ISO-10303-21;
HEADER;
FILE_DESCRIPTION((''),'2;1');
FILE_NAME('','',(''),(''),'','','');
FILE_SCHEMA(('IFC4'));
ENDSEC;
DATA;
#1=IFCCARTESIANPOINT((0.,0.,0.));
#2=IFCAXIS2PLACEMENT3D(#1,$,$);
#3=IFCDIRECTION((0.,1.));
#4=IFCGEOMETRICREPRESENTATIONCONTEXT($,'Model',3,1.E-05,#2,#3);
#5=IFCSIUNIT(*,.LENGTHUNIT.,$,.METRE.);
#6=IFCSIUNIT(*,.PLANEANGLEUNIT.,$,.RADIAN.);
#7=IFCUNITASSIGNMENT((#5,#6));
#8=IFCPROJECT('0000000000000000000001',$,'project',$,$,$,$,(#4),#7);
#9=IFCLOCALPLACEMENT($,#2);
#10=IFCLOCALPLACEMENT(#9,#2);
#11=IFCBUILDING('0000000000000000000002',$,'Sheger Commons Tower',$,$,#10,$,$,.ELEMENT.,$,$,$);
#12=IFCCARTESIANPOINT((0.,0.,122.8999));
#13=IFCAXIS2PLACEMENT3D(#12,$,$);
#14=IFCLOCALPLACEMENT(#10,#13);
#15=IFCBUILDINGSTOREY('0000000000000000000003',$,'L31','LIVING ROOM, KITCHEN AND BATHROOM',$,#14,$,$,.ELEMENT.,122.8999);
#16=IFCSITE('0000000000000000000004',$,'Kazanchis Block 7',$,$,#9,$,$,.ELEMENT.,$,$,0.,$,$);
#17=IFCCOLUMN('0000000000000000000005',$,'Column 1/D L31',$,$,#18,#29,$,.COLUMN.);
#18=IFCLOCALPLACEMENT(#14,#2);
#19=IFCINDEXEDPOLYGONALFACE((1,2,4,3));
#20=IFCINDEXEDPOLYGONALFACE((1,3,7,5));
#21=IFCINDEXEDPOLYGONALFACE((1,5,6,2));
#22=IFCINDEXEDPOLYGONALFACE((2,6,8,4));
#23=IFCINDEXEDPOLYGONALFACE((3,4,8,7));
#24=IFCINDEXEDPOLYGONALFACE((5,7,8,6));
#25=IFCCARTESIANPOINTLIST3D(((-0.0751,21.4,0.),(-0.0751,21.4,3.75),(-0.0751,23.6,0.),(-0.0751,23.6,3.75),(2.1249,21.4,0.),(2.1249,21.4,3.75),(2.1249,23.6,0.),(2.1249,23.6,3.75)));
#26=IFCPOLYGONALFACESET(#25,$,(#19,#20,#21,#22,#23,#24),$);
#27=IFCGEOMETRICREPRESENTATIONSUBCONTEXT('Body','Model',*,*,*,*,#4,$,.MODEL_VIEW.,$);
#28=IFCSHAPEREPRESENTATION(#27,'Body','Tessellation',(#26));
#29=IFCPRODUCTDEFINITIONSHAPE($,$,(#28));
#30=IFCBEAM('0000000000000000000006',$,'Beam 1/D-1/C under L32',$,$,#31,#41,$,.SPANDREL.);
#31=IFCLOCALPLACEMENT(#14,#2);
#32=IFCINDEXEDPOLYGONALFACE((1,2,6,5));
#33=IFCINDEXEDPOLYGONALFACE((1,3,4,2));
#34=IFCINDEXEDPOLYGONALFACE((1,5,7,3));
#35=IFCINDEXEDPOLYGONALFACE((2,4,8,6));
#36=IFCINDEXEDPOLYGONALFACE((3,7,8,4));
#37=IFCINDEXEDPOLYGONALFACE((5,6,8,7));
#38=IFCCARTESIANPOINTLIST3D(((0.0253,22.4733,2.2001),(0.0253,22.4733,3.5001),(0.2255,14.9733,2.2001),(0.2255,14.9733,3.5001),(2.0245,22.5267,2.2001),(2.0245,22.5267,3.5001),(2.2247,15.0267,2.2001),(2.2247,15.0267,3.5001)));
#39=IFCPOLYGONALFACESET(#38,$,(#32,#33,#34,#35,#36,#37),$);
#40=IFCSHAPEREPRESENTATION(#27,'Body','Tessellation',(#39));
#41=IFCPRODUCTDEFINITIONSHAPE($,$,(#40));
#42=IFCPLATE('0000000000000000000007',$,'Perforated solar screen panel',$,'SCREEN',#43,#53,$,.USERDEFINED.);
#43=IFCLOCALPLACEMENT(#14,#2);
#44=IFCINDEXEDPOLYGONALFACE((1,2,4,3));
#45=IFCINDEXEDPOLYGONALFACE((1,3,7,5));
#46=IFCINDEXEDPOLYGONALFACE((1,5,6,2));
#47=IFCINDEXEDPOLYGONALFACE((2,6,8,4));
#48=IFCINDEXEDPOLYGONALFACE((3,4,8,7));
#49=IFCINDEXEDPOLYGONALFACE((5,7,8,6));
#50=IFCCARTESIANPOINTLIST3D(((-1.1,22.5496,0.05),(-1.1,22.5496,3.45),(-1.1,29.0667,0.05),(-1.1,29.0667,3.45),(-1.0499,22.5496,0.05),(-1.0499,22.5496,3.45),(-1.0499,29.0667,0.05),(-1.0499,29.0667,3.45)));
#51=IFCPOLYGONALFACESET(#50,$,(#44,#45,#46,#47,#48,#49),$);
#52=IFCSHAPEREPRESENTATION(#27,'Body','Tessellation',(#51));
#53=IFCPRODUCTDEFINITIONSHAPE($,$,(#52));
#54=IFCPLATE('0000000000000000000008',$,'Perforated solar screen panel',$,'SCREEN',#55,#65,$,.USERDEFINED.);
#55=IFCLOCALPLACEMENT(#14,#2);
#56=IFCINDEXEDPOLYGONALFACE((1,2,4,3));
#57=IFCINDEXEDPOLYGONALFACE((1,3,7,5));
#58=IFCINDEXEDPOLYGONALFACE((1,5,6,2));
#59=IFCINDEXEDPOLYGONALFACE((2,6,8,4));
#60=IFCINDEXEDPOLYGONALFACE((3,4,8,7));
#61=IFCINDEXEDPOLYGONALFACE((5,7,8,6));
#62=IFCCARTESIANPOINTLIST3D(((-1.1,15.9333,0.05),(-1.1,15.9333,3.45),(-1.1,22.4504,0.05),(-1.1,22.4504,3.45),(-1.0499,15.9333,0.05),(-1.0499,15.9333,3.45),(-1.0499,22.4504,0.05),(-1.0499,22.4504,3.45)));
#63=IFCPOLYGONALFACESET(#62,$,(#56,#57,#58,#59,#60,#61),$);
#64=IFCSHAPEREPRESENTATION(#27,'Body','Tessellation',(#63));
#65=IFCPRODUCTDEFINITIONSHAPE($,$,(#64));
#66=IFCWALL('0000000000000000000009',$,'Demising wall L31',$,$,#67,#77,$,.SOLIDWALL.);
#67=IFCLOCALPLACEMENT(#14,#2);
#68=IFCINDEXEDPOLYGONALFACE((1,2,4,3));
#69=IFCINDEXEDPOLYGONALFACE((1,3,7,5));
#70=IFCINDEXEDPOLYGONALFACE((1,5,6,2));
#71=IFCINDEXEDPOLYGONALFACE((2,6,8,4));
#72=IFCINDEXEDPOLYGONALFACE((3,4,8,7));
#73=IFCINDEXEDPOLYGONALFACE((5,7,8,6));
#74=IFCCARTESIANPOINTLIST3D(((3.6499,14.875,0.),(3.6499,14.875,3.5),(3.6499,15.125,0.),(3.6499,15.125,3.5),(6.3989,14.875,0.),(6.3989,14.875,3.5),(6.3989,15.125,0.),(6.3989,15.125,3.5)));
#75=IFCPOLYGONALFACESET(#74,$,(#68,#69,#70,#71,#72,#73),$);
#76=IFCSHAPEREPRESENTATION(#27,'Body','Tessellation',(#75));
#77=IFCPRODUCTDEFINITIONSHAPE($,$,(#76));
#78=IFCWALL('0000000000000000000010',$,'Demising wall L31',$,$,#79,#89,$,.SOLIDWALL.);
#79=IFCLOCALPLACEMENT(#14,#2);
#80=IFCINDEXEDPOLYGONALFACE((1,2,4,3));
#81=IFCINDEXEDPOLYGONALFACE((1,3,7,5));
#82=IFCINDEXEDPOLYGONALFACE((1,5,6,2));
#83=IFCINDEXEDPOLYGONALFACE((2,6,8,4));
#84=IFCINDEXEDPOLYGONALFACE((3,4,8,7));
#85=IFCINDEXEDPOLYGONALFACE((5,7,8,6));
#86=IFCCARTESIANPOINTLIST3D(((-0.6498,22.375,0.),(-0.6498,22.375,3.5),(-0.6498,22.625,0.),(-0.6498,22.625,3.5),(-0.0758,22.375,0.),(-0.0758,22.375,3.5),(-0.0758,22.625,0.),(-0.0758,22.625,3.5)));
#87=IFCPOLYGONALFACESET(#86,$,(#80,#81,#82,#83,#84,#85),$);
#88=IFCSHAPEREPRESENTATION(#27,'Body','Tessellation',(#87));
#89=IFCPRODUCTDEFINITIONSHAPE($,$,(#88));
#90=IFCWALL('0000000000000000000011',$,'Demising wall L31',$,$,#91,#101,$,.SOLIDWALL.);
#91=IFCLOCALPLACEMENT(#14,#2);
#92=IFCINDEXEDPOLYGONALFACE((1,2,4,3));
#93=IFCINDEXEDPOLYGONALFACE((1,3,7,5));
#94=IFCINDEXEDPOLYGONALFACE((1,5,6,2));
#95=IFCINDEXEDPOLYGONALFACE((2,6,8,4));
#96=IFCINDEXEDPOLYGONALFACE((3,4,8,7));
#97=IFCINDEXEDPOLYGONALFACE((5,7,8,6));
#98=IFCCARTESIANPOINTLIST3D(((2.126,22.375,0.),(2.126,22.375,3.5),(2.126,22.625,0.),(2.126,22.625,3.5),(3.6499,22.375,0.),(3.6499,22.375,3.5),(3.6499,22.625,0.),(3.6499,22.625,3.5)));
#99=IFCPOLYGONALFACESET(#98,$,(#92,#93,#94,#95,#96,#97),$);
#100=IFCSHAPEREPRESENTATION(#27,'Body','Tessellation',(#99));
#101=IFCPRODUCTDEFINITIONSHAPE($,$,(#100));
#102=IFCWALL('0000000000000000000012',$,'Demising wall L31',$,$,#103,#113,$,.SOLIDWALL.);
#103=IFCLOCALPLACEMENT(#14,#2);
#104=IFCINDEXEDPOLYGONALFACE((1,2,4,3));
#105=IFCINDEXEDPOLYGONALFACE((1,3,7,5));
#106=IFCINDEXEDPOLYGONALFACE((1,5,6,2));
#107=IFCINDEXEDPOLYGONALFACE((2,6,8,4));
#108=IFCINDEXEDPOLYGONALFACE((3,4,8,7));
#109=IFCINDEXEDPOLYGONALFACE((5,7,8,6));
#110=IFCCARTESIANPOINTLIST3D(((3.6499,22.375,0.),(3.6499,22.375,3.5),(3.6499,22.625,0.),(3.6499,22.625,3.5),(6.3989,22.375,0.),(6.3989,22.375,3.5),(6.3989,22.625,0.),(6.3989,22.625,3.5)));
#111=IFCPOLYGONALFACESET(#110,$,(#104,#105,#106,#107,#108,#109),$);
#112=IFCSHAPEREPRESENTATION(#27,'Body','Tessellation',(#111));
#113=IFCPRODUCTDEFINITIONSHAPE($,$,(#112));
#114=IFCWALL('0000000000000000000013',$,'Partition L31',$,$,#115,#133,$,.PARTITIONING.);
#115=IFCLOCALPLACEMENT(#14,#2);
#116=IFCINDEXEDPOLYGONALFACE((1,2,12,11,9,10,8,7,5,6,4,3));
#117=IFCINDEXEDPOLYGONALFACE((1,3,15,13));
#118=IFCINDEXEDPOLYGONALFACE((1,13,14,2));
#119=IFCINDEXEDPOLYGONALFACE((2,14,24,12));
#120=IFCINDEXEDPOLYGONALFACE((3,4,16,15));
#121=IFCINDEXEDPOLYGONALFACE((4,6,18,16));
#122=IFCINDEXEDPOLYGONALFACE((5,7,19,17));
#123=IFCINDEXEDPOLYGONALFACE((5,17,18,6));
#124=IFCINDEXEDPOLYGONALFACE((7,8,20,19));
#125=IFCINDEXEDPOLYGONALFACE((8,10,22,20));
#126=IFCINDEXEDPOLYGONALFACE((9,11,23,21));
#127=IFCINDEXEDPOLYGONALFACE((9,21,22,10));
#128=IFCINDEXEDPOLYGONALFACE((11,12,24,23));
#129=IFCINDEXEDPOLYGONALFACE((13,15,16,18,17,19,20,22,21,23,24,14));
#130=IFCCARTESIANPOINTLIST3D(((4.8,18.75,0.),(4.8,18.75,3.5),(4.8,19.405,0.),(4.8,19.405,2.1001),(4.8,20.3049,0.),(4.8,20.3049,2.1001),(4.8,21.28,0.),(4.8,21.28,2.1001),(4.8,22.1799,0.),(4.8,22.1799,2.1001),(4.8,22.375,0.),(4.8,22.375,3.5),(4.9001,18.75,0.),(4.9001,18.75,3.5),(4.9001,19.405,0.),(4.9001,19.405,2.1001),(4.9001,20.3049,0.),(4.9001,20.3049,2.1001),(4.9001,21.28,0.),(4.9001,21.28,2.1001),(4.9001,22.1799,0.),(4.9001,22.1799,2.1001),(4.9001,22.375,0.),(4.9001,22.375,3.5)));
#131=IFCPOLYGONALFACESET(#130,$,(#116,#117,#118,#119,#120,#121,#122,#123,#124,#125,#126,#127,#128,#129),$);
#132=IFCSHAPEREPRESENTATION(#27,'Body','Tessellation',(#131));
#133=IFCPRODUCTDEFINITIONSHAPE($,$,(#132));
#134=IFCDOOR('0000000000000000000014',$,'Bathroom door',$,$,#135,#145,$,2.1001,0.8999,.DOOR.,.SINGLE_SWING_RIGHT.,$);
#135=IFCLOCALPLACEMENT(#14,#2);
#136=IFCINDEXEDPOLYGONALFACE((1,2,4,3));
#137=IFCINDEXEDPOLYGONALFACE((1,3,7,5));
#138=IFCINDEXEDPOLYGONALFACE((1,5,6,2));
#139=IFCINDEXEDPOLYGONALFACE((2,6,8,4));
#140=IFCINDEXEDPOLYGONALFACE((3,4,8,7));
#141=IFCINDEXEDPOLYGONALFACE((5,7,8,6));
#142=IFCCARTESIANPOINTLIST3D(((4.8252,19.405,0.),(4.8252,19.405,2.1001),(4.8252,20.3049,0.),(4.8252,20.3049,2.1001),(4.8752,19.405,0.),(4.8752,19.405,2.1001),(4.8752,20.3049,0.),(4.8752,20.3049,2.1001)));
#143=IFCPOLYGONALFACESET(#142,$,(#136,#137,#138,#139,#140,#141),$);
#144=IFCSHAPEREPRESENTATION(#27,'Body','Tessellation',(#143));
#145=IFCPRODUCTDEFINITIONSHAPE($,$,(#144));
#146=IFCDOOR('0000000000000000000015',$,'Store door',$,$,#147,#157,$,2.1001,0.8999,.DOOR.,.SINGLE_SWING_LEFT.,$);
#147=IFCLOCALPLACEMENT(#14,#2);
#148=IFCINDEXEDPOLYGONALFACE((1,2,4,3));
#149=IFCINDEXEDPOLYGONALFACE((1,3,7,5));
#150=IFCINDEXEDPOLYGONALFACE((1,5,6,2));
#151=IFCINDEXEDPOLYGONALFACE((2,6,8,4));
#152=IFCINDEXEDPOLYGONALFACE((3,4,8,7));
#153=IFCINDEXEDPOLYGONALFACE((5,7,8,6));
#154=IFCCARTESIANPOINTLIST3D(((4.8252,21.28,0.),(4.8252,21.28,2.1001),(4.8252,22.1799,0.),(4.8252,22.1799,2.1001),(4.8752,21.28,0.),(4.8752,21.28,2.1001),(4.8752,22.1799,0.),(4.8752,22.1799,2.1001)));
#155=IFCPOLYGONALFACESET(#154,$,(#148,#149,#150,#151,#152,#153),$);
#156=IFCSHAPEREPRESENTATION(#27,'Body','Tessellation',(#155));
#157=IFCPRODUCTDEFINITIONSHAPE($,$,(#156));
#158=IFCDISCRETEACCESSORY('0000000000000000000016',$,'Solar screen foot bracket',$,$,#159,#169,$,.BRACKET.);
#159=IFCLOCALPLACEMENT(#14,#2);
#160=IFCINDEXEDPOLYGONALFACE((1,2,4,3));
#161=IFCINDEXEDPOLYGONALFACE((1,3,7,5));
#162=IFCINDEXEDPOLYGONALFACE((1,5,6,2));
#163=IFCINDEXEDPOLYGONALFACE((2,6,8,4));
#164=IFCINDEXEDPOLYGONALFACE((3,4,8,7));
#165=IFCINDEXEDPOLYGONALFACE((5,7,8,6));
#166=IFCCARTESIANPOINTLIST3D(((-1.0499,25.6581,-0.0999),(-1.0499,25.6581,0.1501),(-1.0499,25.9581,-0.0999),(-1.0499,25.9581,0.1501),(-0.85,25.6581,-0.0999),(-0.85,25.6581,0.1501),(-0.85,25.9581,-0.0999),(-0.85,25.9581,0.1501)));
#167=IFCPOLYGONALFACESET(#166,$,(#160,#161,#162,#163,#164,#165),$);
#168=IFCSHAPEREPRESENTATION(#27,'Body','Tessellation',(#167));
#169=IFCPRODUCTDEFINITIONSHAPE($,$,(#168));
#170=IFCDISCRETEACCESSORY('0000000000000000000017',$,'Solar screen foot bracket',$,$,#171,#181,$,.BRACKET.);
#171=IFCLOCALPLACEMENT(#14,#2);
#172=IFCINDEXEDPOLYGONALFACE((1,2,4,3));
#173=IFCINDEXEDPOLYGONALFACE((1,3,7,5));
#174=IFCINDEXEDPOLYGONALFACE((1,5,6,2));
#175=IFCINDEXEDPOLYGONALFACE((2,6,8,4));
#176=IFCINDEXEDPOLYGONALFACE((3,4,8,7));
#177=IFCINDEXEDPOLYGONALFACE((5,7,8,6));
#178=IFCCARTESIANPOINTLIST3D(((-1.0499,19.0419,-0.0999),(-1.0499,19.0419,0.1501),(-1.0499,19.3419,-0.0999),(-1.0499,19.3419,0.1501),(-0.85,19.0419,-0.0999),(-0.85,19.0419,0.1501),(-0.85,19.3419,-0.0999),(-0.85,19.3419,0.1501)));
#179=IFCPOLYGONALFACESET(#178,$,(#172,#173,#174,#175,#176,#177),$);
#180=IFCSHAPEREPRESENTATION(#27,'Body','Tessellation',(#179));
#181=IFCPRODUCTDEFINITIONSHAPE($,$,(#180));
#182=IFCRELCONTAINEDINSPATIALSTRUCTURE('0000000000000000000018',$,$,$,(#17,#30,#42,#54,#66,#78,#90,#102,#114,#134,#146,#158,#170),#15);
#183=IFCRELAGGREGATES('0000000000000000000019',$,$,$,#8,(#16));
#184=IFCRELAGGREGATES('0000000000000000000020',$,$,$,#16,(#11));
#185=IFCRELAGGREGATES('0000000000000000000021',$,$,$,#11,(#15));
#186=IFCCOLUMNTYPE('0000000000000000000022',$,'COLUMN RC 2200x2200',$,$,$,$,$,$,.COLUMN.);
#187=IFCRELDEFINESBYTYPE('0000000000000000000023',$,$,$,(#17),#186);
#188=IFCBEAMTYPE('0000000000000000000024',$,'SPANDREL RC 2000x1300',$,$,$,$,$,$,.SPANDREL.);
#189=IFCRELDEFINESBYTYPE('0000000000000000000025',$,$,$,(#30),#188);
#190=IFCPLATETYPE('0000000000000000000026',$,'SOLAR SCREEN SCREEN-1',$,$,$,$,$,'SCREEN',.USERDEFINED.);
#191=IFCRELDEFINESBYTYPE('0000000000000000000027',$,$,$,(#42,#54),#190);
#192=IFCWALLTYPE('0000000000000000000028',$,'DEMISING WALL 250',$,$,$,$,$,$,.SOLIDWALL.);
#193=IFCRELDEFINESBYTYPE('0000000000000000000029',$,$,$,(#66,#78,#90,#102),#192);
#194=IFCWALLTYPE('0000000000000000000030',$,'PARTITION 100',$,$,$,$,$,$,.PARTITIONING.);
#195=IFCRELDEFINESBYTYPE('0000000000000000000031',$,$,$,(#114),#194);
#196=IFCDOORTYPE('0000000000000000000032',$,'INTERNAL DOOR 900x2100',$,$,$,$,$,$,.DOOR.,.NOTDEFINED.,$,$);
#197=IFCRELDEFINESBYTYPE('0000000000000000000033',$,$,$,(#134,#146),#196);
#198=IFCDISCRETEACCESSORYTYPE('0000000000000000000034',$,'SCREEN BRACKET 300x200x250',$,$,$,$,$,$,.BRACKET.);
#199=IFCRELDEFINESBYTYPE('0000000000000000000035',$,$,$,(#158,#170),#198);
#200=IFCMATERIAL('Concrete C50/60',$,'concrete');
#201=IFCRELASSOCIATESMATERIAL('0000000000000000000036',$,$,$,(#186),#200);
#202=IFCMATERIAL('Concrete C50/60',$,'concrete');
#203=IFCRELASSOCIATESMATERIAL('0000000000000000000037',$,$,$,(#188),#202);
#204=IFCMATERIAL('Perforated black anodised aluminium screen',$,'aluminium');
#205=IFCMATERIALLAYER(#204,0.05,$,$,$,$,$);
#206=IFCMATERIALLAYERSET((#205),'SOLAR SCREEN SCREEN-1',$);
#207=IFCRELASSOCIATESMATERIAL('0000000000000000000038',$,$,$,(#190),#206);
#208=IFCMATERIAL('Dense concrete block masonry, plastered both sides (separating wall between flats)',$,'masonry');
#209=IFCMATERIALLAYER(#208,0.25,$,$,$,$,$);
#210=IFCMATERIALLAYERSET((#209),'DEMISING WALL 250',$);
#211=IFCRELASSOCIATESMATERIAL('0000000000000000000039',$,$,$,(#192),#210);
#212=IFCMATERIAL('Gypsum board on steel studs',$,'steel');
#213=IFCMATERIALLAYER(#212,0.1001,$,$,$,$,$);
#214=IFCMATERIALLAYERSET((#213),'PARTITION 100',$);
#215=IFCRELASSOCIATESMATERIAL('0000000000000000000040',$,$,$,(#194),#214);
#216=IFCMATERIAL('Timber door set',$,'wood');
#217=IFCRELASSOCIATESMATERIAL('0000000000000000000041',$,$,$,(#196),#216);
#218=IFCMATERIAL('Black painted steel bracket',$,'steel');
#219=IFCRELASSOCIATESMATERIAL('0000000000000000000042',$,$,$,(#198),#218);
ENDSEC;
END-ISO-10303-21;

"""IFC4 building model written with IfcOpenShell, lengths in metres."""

from ifc_helpers import new_model, si_unit, direction, frame, frame_2d, origin, origin_2d, place, context, subcontext, project, spatial, rectangle, extrude, material, layer, layer_set, material_profile, profile_set, type_object, element, fill, save


model = new_model("IFC4")

# Units and contexts
model_context = context("Model", 3, precision=1e-05, world=origin(), true_north=direction((0.0, 1.0)))
body_context = subcontext(model_context, "Body", "Model", "MODEL_VIEW")
ifc_project = project(units=[si_unit("LENGTHUNIT", "METRE"), si_unit("PLANEANGLEUNIT", "RADIAN")], contexts=[model_context])

# Site, building, storey
site_placement = place(None, origin())
site = spatial("IfcSite", under=ifc_project, at=site_placement, Name="Kazanchis Block 7", CompositionType="ELEMENT", RefElevation=0.0)
building_placement = place(site_placement, origin())
building = spatial("IfcBuilding", under=site, at=building_placement, Name="Sheger Commons Tower", CompositionType="ELEMENT")
storey_placement = place(building_placement, frame((0.0, 0.0, 122.8999)))
storey = spatial("IfcBuildingStorey", under=building, at=storey_placement, Name="L31", Description="LIVING ROOM, KITCHEN AND BATHROOM", CompositionType="ELEMENT", Elevation=122.8999)

# Column
ifc_material_1 = material(Name="Concrete C50/60", Category="concrete")
ifc_material_profile_1 = material_profile(ifc_material_1, rectangle(XDim=2.2, YDim=2.2, at=origin_2d()), Name="RC 2200x2200")
ifc_profile_set_1 = profile_set([ifc_material_profile_1], Name="Concrete C50/60")
column_type = type_object("IfcColumnType", Name="COLUMN RC 2200x2200", PredefinedType="COLUMN", material=ifc_profile_set_1)
column_placement = place(storey_placement, frame((1.0249, 22.5, 0.0), z_axis=(0.0, 0.0, 1.0), x_axis=(1.0, 0.0, 0.0)))
element("IfcColumn", 1, at=column_placement, inside=storey, type_object=column_type, Name="Column 1/D L31", PredefinedType="COLUMN", context=body_context, shape_type="SweptSolid", body=[
    extrude(rectangle(XDim=2.2, YDim=2.2, at=origin_2d()), origin(), (0.0, 0.0, 1.0), 3.75),
])

# Beam
ifc_material_2 = material(Name="Concrete C50/60", Category="concrete")
ifc_material_profile_2 = material_profile(ifc_material_2, rectangle(XDim=2.0, YDim=1.3, at=origin_2d()), Name="RC 2000x1300")
ifc_profile_set_2 = profile_set([ifc_material_profile_2], Name="Concrete C50/60")
beam_type = type_object("IfcBeamType", Name="SPANDREL RC 2000x1300", PredefinedType="SPANDREL", material=ifc_profile_set_2)
beam_placement = place(storey_placement, frame((1.0249, 22.5, 2.8501), z_axis=(0.026683, -0.999644, 0.0), x_axis=(0.999644, 0.026683, 0.0)))
element("IfcBeam", 2, at=beam_placement, inside=storey, type_object=beam_type, Name="Beam 1/D-1/C under L32", PredefinedType="SPANDREL", context=body_context, shape_type="SweptSolid", body=[
    extrude(rectangle(XDim=2.0, YDim=1.3, at=origin_2d()), origin(), (0.0, 0.0, 1.0), 7.5027),
])

# Plates
ifc_material_3 = material(Name="Perforated black anodised aluminium screen", Category="aluminium")
ifc_layer_1 = layer(ifc_material_3, 0.05)
ifc_layer_set_1 = layer_set([ifc_layer_1], Name="SOLAR SCREEN SCREEN-1")
plate_type = type_object("IfcPlateType", Name="SOLAR SCREEN SCREEN-1", ElementType="SCREEN", PredefinedType="USERDEFINED", material=ifc_layer_set_1)
for number, where, z_axis, x_axis, name in (
    (3, (-1.075, 25.8081, 0.05), (0.0, 0.0, 1.0), (0.0, -1.0, 0.0), "Perforated solar screen panel"),
    (4, (-1.075, 19.1919, 0.05), (0.0, 0.0, 1.0), (0.0, -1.0, 0.0), "Perforated solar screen panel"),
):
    element("IfcPlate", number, at=place(storey_placement, frame(where, z_axis=z_axis, x_axis=x_axis)), inside=storey, type_object=plate_type, Name=name, ObjectType="SCREEN", PredefinedType="USERDEFINED", context=body_context, shape_type="SweptSolid", body=[
        extrude(rectangle(XDim=6.5171, YDim=0.05, at=origin_2d()), origin(), (0.0, 0.0, 1.0), 3.3999),
    ])

# Walls
ifc_material_4 = material(Name="Dense concrete block masonry, plastered both sides (separating wall between flats)", Category="masonry")
ifc_layer_2 = layer(ifc_material_4, 0.25)
ifc_layer_set_2 = layer_set([ifc_layer_2], Name="DEMISING WALL 250")
wall_type_1 = type_object("IfcWallType", Name="DEMISING WALL 250", PredefinedType="SOLIDWALL", material=ifc_layer_set_2)
wall_1_placement = place(storey_placement, frame((3.6499, 15.0, 0.0), z_axis=(0.0, 0.0, 1.0), x_axis=(1.0, 0.0, 0.0)))
element("IfcWall", 5, at=wall_1_placement, inside=storey, type_object=wall_type_1, Name="Demising wall L31", PredefinedType="SOLIDWALL", context=body_context, shape_type="SweptSolid", body=[
    extrude(rectangle(XDim=2.749, YDim=0.25, at=frame_2d((1.3745, 0.0))), origin(), (0.0, 0.0, 1.0), 3.5),
])
wall_2_placement = place(storey_placement, frame((-0.6499, 22.5, 0.0), z_axis=(0.0, 0.0, 1.0), x_axis=(1.0, 0.0, 0.0)))
element("IfcWall", 6, at=wall_2_placement, inside=storey, type_object=wall_type_1, Name="Demising wall L31", PredefinedType="SOLIDWALL", context=body_context, shape_type="SweptSolid", body=[
    extrude(rectangle(XDim=0.574, YDim=0.25, at=frame_2d((0.2871, 0.0))), origin(), (0.0, 0.0, 1.0), 3.5),
])
wall_3_placement = place(storey_placement, frame((2.126, 22.5, 0.0), z_axis=(0.0, 0.0, 1.0), x_axis=(1.0, 0.0, 0.0)))
element("IfcWall", 7, at=wall_3_placement, inside=storey, type_object=wall_type_1, Name="Demising wall L31", PredefinedType="SOLIDWALL", context=body_context, shape_type="SweptSolid", body=[
    extrude(rectangle(XDim=1.5239, YDim=0.25, at=frame_2d((0.762, 0.0))), origin(), (0.0, 0.0, 1.0), 3.5),
])
wall_4_placement = place(storey_placement, frame((3.6499, 22.5, 0.0), z_axis=(0.0, 0.0, 1.0), x_axis=(1.0, 0.0, 0.0)))
element("IfcWall", 8, at=wall_4_placement, inside=storey, type_object=wall_type_1, Name="Demising wall L31", PredefinedType="SOLIDWALL", context=body_context, shape_type="SweptSolid", body=[
    extrude(rectangle(XDim=2.749, YDim=0.25, at=frame_2d((1.3745, 0.0))), origin(), (0.0, 0.0, 1.0), 3.5),
])

# Wall, openings, doors
ifc_material_5 = material(Name="Gypsum board on steel studs", Category="steel")
ifc_layer_3 = layer(ifc_material_5, 0.1001)
ifc_layer_set_3 = layer_set([ifc_layer_3], Name="PARTITION 100")
wall_type_2 = type_object("IfcWallType", Name="PARTITION 100", PredefinedType="PARTITIONING", material=ifc_layer_set_3)
wall_5_placement = place(storey_placement, frame((4.8501, 18.75, 0.0), z_axis=(0.0, 0.0, 1.0), x_axis=(0.0, 1.0, 0.0)))
wall_5 = element("IfcWall", 9, at=wall_5_placement, inside=storey, type_object=wall_type_2, Name="Partition L31", PredefinedType="PARTITIONING", context=body_context, shape_type="SweptSolid", body=[
    extrude(rectangle(XDim=3.625, YDim=0.1001, at=frame_2d((1.8125, 0.0))), origin(), (0.0, 0.0, 1.0), 3.5),
])
opening_1_placement = place(wall_5_placement, frame((0.655, 0.0, 0.0)))
opening_1 = element("IfcOpeningElement", 10, at=opening_1_placement, cuts=wall_5, PredefinedType="OPENING", context=body_context, shape_type="SweptSolid", body=[
    extrude(rectangle(XDim=0.8999, YDim=2.1001, at=frame_2d((0.45, 1.05))), frame((0.0, 0.0601, 0.0), z_axis=(0.0, -1.0, 0.0), x_axis=(1.0, 0.0, 0.0)), (0.0, 0.0, 1.0), 0.1201),
])
opening_2_placement = place(wall_5_placement, frame((2.53, 0.0, 0.0)))
opening_2 = element("IfcOpeningElement", 11, at=opening_2_placement, cuts=wall_5, PredefinedType="OPENING", context=body_context, shape_type="SweptSolid", body=[
    extrude(rectangle(XDim=0.8999, YDim=2.1001, at=frame_2d((0.45, 1.05))), frame((0.0, 0.0601, 0.0), z_axis=(0.0, -1.0, 0.0), x_axis=(1.0, 0.0, 0.0)), (0.0, 0.0, 1.0), 0.1201),
])
ifc_material_6 = material(Name="Timber door set", Category="wood")
door_type = type_object("IfcDoorType", Name="INTERNAL DOOR 900x2100", OperationType="NOTDEFINED", PredefinedType="DOOR", material=ifc_material_6)
door_1_placement = place(opening_1_placement, origin())
door_1 = element("IfcDoor", 12, at=door_1_placement, inside=storey, type_object=door_type, Name="Bathroom door", OperationType="SINGLE_SWING_RIGHT", OverallHeight=2.1001, OverallWidth=0.8999, PredefinedType="DOOR", context=body_context, shape_type="SweptSolid", body=[
    extrude(rectangle(XDim=0.8999, YDim=2.1001, at=frame_2d((0.45, 1.05))), frame((0.0, 0.0249, 0.0), z_axis=(0.0, -1.0, 0.0), x_axis=(1.0, 0.0, 0.0)), (0.0, 0.0, 1.0), 0.05),
])
fill(opening_1, door_1)
door_2_placement = place(opening_2_placement, origin())
door_2 = element("IfcDoor", 13, at=door_2_placement, inside=storey, type_object=door_type, Name="Store door", OperationType="SINGLE_SWING_LEFT", OverallHeight=2.1001, OverallWidth=0.8999, PredefinedType="DOOR", context=body_context, shape_type="SweptSolid", body=[
    extrude(rectangle(XDim=0.8999, YDim=2.1001, at=frame_2d((0.45, 1.05))), frame((0.0, 0.0249, 0.0), z_axis=(0.0, -1.0, 0.0), x_axis=(1.0, 0.0, 0.0)), (0.0, 0.0, 1.0), 0.05),
])
fill(opening_2, door_2)

# Discrete accessories
ifc_material_7 = material(Name="Black painted steel bracket", Category="steel")
discrete_accessory_type = type_object("IfcDiscreteAccessoryType", Name="SCREEN BRACKET 300x200x250", PredefinedType="BRACKET", material=ifc_material_7)
for number, where, z_axis, x_axis, name in (
    (14, (-0.95, 25.8081, -0.0999), (0.0, 0.0, 1.0), (0.0, -1.0, 0.0), "Solar screen foot bracket"),
    (15, (-0.95, 19.1919, -0.0999), (0.0, 0.0, 1.0), (0.0, -1.0, 0.0), "Solar screen foot bracket"),
):
    element("IfcDiscreteAccessory", number, at=place(storey_placement, frame(where, z_axis=z_axis, x_axis=x_axis)), inside=storey, type_object=discrete_accessory_type, Name=name, PredefinedType="BRACKET", context=body_context, shape_type="SweptSolid", body=[
        extrude(rectangle(XDim=0.3, YDim=0.2, at=origin_2d()), origin(), (0.0, 0.0, 1.0), 0.25),
    ])

save(model, "model.ifc")
